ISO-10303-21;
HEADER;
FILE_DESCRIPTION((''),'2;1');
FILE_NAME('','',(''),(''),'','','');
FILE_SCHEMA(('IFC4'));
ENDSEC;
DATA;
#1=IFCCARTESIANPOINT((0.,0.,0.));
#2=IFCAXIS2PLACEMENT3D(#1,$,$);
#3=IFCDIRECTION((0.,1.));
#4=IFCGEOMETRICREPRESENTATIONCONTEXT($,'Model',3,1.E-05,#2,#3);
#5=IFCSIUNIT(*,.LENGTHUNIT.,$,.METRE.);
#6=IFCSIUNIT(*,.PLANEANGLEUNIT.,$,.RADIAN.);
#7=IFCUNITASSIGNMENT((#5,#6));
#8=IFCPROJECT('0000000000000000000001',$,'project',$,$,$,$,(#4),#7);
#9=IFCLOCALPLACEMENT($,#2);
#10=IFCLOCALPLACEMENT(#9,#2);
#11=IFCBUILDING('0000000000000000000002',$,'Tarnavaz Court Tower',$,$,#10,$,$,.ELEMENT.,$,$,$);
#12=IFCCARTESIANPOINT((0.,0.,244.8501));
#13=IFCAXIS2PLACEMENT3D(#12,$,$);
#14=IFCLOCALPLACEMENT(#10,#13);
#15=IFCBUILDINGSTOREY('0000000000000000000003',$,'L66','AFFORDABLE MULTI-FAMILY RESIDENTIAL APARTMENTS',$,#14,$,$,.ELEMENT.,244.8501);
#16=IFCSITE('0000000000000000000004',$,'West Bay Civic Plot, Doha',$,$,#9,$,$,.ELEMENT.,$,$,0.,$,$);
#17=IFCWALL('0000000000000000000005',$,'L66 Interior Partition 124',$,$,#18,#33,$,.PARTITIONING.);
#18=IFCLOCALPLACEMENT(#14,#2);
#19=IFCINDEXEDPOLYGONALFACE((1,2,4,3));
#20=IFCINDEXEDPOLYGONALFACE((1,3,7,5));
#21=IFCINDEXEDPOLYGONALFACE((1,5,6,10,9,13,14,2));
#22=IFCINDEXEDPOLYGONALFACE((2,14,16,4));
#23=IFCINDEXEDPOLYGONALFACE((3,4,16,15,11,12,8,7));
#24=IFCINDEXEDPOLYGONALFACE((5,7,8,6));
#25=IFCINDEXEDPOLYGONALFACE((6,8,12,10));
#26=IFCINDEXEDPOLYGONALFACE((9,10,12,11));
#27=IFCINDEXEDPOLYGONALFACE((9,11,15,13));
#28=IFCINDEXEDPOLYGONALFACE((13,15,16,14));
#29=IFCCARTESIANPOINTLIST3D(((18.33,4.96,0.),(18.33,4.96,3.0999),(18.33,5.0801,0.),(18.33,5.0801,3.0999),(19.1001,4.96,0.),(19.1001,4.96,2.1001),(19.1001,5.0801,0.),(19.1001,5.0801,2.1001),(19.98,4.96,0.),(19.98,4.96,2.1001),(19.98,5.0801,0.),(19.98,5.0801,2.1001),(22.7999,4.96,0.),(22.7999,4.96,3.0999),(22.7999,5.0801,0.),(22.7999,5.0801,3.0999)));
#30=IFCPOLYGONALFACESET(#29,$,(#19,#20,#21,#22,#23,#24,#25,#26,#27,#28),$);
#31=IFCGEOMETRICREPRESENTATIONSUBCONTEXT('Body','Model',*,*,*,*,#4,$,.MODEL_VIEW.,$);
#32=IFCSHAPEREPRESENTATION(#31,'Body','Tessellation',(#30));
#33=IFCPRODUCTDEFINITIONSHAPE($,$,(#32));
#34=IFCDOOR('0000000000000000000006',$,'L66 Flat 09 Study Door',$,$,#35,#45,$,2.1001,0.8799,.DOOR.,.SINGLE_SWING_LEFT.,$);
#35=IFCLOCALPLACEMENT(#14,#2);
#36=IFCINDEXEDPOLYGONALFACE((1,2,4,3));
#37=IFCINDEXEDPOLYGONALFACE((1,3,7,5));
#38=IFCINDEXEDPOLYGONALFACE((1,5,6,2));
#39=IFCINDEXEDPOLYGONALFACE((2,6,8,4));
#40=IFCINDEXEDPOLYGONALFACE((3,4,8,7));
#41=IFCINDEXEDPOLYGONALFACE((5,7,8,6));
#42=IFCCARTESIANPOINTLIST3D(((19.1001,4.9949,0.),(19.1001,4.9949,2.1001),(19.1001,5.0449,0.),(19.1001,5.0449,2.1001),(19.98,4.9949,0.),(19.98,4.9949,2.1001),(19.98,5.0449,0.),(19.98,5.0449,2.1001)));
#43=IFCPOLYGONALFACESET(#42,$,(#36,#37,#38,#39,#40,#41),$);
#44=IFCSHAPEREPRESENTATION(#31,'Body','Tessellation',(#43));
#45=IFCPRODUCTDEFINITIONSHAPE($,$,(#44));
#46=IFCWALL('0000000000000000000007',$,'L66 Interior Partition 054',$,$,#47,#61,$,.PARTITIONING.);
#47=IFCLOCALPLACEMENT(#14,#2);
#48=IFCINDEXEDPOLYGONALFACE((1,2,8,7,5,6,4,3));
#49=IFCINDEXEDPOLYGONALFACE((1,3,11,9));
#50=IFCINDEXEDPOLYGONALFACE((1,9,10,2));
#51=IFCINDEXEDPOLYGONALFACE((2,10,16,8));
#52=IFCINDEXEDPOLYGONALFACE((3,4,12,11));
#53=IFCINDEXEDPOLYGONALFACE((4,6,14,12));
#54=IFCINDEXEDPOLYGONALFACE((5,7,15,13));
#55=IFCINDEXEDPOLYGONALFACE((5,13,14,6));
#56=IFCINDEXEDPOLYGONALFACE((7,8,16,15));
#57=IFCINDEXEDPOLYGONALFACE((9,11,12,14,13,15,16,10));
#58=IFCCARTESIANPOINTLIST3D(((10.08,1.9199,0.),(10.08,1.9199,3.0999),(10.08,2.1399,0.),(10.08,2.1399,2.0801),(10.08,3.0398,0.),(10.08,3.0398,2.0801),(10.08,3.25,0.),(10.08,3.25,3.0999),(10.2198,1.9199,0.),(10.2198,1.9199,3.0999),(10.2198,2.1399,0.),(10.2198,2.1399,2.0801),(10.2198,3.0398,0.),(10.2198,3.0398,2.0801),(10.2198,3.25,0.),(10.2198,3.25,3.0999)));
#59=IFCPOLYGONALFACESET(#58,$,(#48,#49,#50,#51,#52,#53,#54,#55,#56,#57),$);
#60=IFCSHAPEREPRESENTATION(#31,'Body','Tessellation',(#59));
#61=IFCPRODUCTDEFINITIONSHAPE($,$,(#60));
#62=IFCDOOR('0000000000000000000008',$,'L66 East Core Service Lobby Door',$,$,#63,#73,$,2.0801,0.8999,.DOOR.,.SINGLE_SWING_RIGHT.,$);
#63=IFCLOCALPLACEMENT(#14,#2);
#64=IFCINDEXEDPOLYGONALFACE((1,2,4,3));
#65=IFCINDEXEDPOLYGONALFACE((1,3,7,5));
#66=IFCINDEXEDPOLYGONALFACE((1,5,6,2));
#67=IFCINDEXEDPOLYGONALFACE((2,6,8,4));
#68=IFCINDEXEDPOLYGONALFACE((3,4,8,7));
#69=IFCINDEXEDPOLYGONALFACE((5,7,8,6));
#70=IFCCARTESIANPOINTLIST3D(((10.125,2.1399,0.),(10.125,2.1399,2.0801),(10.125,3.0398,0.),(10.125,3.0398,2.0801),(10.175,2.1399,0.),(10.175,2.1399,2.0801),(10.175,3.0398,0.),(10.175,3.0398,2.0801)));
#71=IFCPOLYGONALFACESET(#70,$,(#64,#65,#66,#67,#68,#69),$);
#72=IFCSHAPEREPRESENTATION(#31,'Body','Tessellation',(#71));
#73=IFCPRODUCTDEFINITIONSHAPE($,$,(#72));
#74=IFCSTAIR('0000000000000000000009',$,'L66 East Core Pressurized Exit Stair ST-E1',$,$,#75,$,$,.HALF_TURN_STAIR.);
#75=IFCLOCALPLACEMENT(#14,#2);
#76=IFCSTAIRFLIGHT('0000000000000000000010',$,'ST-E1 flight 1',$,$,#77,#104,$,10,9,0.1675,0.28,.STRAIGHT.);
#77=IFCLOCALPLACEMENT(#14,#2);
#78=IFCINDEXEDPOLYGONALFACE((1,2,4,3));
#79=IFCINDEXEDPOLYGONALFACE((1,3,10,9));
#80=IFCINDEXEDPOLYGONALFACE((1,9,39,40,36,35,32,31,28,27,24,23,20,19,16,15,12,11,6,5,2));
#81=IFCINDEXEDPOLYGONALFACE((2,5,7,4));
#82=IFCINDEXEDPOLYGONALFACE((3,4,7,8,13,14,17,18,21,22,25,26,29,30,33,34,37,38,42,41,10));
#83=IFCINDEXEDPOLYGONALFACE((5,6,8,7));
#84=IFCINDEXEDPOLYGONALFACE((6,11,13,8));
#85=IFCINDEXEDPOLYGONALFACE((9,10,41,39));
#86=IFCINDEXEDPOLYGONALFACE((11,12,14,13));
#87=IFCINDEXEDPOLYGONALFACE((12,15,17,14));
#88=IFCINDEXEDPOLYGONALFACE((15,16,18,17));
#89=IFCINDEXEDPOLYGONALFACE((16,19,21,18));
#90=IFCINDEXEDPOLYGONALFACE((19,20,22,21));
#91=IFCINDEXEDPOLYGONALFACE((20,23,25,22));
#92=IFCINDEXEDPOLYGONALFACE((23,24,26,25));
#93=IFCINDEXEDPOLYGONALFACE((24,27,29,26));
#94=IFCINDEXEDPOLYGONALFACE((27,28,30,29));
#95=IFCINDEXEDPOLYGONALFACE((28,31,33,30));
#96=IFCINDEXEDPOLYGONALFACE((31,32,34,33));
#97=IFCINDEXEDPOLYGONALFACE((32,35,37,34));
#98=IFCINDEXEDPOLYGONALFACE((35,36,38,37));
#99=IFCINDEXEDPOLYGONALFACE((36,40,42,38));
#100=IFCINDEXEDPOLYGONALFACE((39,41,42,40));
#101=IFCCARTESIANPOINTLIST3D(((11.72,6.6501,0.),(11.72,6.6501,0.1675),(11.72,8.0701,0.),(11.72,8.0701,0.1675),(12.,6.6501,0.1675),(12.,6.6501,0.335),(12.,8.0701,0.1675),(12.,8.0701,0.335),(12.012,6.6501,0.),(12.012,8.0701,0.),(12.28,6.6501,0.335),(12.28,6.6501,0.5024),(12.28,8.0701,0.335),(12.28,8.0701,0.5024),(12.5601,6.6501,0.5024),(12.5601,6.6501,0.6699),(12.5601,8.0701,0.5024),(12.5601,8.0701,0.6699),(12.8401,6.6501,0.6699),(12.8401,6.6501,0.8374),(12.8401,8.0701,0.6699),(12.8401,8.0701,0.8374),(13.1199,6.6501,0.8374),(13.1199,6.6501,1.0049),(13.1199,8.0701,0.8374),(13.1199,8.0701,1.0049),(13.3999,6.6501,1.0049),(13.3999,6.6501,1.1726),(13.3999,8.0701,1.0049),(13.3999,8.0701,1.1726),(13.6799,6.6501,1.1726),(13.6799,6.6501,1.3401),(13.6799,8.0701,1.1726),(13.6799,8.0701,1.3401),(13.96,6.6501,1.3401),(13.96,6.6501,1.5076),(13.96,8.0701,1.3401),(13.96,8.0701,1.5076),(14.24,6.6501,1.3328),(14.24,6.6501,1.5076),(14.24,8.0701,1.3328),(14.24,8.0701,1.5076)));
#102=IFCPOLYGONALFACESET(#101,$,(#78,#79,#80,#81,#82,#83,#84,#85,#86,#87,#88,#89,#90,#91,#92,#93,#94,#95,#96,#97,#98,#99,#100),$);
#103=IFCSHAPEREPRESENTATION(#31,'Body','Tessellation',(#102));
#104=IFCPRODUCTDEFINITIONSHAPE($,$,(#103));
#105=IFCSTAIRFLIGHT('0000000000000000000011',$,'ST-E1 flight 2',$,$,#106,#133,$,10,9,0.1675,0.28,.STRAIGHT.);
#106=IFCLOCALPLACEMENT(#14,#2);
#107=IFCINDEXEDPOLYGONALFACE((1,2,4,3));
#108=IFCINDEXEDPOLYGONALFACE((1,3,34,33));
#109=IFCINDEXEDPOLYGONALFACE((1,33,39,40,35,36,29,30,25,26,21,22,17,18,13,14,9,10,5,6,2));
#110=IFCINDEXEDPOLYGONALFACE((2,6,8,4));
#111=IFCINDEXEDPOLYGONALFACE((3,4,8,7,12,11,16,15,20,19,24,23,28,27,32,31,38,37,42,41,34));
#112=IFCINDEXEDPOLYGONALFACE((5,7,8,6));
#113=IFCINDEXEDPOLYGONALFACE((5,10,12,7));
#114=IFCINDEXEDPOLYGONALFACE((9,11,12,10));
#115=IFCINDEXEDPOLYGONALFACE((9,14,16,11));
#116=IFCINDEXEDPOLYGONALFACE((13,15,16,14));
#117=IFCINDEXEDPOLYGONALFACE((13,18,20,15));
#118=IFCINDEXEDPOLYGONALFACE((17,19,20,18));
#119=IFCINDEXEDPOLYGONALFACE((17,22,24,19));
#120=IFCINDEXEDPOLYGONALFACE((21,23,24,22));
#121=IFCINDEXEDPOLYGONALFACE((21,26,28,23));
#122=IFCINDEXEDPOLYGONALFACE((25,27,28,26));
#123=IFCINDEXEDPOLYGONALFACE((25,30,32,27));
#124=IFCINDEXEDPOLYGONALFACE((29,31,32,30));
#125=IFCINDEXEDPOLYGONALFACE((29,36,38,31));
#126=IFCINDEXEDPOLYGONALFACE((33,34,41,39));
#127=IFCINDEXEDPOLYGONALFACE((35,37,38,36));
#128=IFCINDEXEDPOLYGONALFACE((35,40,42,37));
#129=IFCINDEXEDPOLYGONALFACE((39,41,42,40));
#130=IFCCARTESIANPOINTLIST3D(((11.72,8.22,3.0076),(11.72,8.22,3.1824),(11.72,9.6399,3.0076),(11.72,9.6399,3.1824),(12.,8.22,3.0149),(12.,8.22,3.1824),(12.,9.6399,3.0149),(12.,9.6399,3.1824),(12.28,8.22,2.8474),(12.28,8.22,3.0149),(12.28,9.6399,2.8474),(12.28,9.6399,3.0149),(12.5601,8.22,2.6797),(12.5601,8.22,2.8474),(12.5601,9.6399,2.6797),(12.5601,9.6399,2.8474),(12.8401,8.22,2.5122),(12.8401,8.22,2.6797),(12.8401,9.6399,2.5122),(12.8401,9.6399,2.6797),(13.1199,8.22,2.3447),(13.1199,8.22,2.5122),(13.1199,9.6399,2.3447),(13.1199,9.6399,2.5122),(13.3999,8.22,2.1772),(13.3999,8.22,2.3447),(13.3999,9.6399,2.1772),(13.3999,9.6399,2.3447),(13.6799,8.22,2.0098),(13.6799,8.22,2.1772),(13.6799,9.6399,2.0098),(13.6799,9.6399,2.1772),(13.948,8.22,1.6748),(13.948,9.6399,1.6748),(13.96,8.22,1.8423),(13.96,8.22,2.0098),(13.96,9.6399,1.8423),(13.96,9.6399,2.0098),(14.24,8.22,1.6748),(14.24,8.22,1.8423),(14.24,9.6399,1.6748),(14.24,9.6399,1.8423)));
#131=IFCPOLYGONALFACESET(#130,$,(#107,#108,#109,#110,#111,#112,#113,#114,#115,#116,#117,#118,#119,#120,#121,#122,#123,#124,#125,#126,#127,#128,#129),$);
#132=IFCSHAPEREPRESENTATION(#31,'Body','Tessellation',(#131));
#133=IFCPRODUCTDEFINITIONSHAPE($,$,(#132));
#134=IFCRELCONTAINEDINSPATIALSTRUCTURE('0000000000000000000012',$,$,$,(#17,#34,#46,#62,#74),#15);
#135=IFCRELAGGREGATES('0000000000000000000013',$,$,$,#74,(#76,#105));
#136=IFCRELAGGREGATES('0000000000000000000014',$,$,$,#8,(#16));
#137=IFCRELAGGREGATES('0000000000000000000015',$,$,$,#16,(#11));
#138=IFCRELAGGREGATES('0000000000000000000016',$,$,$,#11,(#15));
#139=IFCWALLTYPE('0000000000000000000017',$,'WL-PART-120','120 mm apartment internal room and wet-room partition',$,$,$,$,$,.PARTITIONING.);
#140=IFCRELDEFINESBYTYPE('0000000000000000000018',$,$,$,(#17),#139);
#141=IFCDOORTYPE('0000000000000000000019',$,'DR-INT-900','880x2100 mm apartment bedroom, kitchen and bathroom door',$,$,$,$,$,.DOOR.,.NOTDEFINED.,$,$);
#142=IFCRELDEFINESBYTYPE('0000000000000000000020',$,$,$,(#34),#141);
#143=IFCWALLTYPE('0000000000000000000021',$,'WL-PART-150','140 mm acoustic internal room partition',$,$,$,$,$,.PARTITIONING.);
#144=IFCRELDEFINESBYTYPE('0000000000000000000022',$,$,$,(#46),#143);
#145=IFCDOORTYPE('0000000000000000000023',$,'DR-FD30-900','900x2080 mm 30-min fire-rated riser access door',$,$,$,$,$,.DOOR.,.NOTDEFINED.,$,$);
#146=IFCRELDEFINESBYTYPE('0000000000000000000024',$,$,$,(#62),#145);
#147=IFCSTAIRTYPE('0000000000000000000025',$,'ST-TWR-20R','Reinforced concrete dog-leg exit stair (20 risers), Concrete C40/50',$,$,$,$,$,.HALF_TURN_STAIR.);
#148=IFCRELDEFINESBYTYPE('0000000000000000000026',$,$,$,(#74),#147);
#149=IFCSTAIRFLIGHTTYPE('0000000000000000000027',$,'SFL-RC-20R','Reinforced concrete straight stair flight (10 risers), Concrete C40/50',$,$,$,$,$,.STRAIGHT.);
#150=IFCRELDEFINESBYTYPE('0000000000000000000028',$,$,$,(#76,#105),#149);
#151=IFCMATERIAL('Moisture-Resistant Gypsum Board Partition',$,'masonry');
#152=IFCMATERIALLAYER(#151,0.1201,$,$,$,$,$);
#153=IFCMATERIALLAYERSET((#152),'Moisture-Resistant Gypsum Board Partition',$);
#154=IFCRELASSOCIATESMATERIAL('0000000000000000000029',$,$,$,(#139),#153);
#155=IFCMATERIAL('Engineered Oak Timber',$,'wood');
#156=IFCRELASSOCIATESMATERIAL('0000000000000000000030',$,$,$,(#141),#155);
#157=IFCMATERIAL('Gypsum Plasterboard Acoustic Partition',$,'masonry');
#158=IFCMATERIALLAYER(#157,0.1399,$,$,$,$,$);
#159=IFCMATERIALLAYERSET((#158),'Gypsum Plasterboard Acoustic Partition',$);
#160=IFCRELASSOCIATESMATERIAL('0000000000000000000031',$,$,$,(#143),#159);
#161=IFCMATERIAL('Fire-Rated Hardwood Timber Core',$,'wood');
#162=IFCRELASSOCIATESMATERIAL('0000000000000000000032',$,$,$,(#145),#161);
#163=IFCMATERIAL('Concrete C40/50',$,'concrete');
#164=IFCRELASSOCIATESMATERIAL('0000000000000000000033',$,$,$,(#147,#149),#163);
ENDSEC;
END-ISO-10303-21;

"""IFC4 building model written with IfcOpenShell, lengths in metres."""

from ifc_helpers import new_model, si_unit, direction, frame, frame_2d, origin, place, context, subcontext, project, spatial, polyline, rectangle, outline, extrude, material, layer, layer_set, type_object, element, fill, aggregate, save


model = new_model("IFC4")

# Units and contexts
model_context = context("Model", 3, precision=1e-05, world=origin(), true_north=direction((0.0, 1.0)))
body_context = subcontext(model_context, "Body", "Model", "MODEL_VIEW")
ifc_project = project(units=[si_unit("LENGTHUNIT", "METRE"), si_unit("PLANEANGLEUNIT", "RADIAN")], contexts=[model_context])

# Site, building, storey
site_placement = place(None, origin())
site = spatial("IfcSite", under=ifc_project, at=site_placement, Name="West Bay Civic Plot, Doha", CompositionType="ELEMENT", RefElevation=0.0)
building_placement = place(site_placement, origin())
building = spatial("IfcBuilding", under=site, at=building_placement, Name="Tarnavaz Court Tower", CompositionType="ELEMENT")
storey_placement = place(building_placement, frame((0.0, 0.0, 244.8501)))
storey = spatial("IfcBuildingStorey", under=building, at=storey_placement, Name="L66", Description="AFFORDABLE MULTI-FAMILY RESIDENTIAL APARTMENTS", CompositionType="ELEMENT", Elevation=244.8501)

# Walls, openings, doors
ifc_material_1 = material(Name="Fire-Rated Hardwood Timber Core", Category="wood")
ifc_material_2 = material(Name="Moisture-Resistant Gypsum Board Partition", Category="masonry")
ifc_layer_1 = layer(ifc_material_2, 0.1201)
ifc_layer_set_1 = layer_set([ifc_layer_1], Name="Moisture-Resistant Gypsum Board Partition")
wall_type_1 = type_object("IfcWallType", Name="WL-PART-120", Description="120 mm apartment internal room and wet-room partition", PredefinedType="PARTITIONING", material=ifc_layer_set_1)
wall_1_placement = place(storey_placement, frame((18.3301, 5.02, 0.0), z_axis=(0.0, 0.0, 1.0), x_axis=(1.0, 0.0, 0.0)))
wall_1 = element("IfcWall", 1, at=wall_1_placement, inside=storey, type_object=wall_type_1, Name="L66 Interior Partition 124", PredefinedType="PARTITIONING", context=body_context, shape_type="SweptSolid", body=[
    extrude(rectangle(XDim=4.47, YDim=0.1201, at=frame_2d((2.2349, 0.0))), origin(), (0.0, 0.0, 1.0), 3.0999),
])
opening_1_placement = place(wall_1_placement, frame((0.77, 0.0, 0.0)))
opening_1 = element("IfcOpeningElement", 2, at=opening_1_placement, cuts=wall_1, PredefinedType="OPENING", context=body_context, shape_type="SweptSolid", body=[
    extrude(rectangle(XDim=0.8799, YDim=2.1001, at=frame_2d((0.4399, 1.05))), frame((0.0, 0.0701, 0.0), z_axis=(0.0, -1.0, 0.0), x_axis=(1.0, 0.0, 0.0)), (0.0, 0.0, 1.0), 0.1401),
])
ifc_material_3 = material(Name="Engineered Oak Timber", Category="wood")
door_type_1 = type_object("IfcDoorType", Name="DR-INT-900", Description="880x2100 mm apartment bedroom, kitchen and bathroom door", OperationType="NOTDEFINED", PredefinedType="DOOR", material=ifc_material_3)
door_1_placement = place(opening_1_placement, origin())
door_1 = element("IfcDoor", 3, at=door_1_placement, inside=storey, type_object=door_type_1, Name="L66 Flat 09 Study Door", OperationType="SINGLE_SWING_LEFT", OverallHeight=2.1001, OverallWidth=0.8799, PredefinedType="DOOR", context=body_context, shape_type="SweptSolid", body=[
    extrude(rectangle(XDim=0.8799, YDim=2.1001, at=frame_2d((0.4399, 1.05))), frame((0.0, 0.0249, 0.0), z_axis=(0.0, -1.0, 0.0), x_axis=(1.0, 0.0, 0.0)), (0.0, 0.0, 1.0), 0.05),
])
fill(opening_1, door_1)
ifc_material_4 = material(Name="Gypsum Plasterboard Acoustic Partition", Category="masonry")
ifc_layer_2 = layer(ifc_material_4, 0.1399)
ifc_layer_set_2 = layer_set([ifc_layer_2], Name="Gypsum Plasterboard Acoustic Partition")
wall_type_2 = type_object("IfcWallType", Name="WL-PART-150", Description="140 mm acoustic internal room partition", PredefinedType="PARTITIONING", material=ifc_layer_set_2)
wall_2_placement = place(storey_placement, frame((10.1499, 1.9199, 0.0), z_axis=(0.0, 0.0, 1.0), x_axis=(0.0, 1.0, 0.0)))
wall_2 = element("IfcWall", 4, at=wall_2_placement, inside=storey, type_object=wall_type_2, Name="L66 Interior Partition 054", PredefinedType="PARTITIONING", context=body_context, shape_type="SweptSolid", body=[
    extrude(rectangle(XDim=1.3301, YDim=0.1399, at=frame_2d((0.665, 0.0))), origin(), (0.0, 0.0, 1.0), 3.0999),
])
opening_2_placement = place(wall_2_placement, frame((0.22, 0.0, 0.0)))
opening_2 = element("IfcOpeningElement", 5, at=opening_2_placement, cuts=wall_2, PredefinedType="OPENING", context=body_context, shape_type="SweptSolid", body=[
    extrude(rectangle(XDim=0.8999, YDim=2.0801, at=frame_2d((0.45, 1.04))), frame((0.0, 0.0798, 0.0), z_axis=(0.0, -1.0, 0.0), x_axis=(1.0, 0.0, 0.0)), (0.0, 0.0, 1.0), 0.1599),
])
door_type_2 = type_object("IfcDoorType", Name="DR-FD30-900", Description="900x2080 mm 30-min fire-rated riser access door", OperationType="NOTDEFINED", PredefinedType="DOOR", material=ifc_material_1)
door_2_placement = place(opening_2_placement, origin())
door_2 = element("IfcDoor", 6, at=door_2_placement, inside=storey, type_object=door_type_2, Name="L66 East Core Service Lobby Door", OperationType="SINGLE_SWING_RIGHT", OverallHeight=2.0801, OverallWidth=0.8999, PredefinedType="DOOR", context=body_context, shape_type="SweptSolid", body=[
    extrude(rectangle(XDim=0.8999, YDim=2.0801, at=frame_2d((0.45, 1.04))), frame((0.0, 0.0249, 0.0), z_axis=(0.0, -1.0, 0.0), x_axis=(1.0, 0.0, 0.0)), (0.0, 0.0, 1.0), 0.05),
])
fill(opening_2, door_2)

# Stair, stair flights
ifc_material_5 = material(Name="Concrete C40/50", Category="concrete")
stair_type = type_object("IfcStairType", Name="ST-TWR-20R", Description="Reinforced concrete dog-leg exit stair (20 risers), Concrete C40/50", PredefinedType="HALF_TURN_STAIR", material=ifc_material_5)
stair_placement = place(storey_placement, origin())
stair = element("IfcStair", 7, at=stair_placement, inside=storey, type_object=stair_type, Name="L66 East Core Pressurized Exit Stair ST-E1", PredefinedType="HALF_TURN_STAIR")
stair_flight_type = type_object("IfcStairFlightType", Name="SFL-RC-20R", Description="Reinforced concrete straight stair flight (10 risers), Concrete C40/50", PredefinedType="STRAIGHT", material=ifc_material_5)
stair_flight_1_placement = place(storey_placement, frame((11.72, 7.3601, 0.0), z_axis=(0.0, 0.0, 1.0), x_axis=(1.0, 0.0, 0.0)))
stair_flight_1 = element("IfcStairFlight", 8, at=stair_flight_1_placement, type_object=stair_flight_type, Name="ST-E1 flight 1", NumberOfRisers=10, NumberOfTreads=9, PredefinedType="STRAIGHT", RiserHeight=0.1675, TreadLength=0.28, context=body_context, shape_type="SweptSolid", body=[
    extrude(outline(polyline([(0.0, 0.0), (0.0, 0.1675), (0.28, 0.1675), (0.28, 0.335), (0.5601, 0.335), (0.5601, 0.5024), (0.8401, 0.5024), (0.8401, 0.6699), (1.1201, 0.6699), (1.1201, 0.8374), (1.3999, 0.8374), (1.3999, 1.0049), (1.6799, 1.0049), (1.6799, 1.1726), (1.96, 1.1726), (1.96, 1.3401), (2.24, 1.3401), (2.24, 1.5076), (2.52, 1.5076), (2.52, 1.675), (2.52, 1.3328), (0.292, 0.0), (0.0, 0.0)])), frame((0.0, 0.71, 0.0), z_axis=(0.0, -1.0, 0.0), x_axis=(1.0, 0.0, 0.0)), (0.0, 0.0, 1.0), 1.4199),
])
stair_flight_2_placement = place(storey_placement, frame((14.24, 8.9299, 1.6748), z_axis=(0.0, 0.0, 1.0), x_axis=(-1.0, 0.0, 0.0)))
stair_flight_2 = element("IfcStairFlight", 9, at=stair_flight_2_placement, type_object=stair_flight_type, Name="ST-E1 flight 2", NumberOfRisers=10, NumberOfTreads=9, PredefinedType="STRAIGHT", RiserHeight=0.1675, TreadLength=0.28, context=body_context, shape_type="SweptSolid", body=[
    extrude(outline(polyline([(0.0, 0.0), (0.0, 0.1675), (0.28, 0.1675), (0.28, 0.335), (0.5601, 0.335), (0.5601, 0.5024), (0.8401, 0.5024), (0.8401, 0.6699), (1.1201, 0.6699), (1.1201, 0.8374), (1.3999, 0.8374), (1.3999, 1.0049), (1.6799, 1.0049), (1.6799, 1.1726), (1.96, 1.1726), (1.96, 1.3401), (2.24, 1.3401), (2.24, 1.5076), (2.52, 1.5076), (2.52, 1.675), (2.52, 1.3328), (0.292, 0.0), (0.0, 0.0)])), frame((0.0, 0.71, 0.0), z_axis=(0.0, -1.0, 0.0), x_axis=(1.0, 0.0, 0.0)), (0.0, 0.0, 1.0), 1.4199),
])
aggregate(stair, [stair_flight_1, stair_flight_2])

save(model, "model.ifc")
